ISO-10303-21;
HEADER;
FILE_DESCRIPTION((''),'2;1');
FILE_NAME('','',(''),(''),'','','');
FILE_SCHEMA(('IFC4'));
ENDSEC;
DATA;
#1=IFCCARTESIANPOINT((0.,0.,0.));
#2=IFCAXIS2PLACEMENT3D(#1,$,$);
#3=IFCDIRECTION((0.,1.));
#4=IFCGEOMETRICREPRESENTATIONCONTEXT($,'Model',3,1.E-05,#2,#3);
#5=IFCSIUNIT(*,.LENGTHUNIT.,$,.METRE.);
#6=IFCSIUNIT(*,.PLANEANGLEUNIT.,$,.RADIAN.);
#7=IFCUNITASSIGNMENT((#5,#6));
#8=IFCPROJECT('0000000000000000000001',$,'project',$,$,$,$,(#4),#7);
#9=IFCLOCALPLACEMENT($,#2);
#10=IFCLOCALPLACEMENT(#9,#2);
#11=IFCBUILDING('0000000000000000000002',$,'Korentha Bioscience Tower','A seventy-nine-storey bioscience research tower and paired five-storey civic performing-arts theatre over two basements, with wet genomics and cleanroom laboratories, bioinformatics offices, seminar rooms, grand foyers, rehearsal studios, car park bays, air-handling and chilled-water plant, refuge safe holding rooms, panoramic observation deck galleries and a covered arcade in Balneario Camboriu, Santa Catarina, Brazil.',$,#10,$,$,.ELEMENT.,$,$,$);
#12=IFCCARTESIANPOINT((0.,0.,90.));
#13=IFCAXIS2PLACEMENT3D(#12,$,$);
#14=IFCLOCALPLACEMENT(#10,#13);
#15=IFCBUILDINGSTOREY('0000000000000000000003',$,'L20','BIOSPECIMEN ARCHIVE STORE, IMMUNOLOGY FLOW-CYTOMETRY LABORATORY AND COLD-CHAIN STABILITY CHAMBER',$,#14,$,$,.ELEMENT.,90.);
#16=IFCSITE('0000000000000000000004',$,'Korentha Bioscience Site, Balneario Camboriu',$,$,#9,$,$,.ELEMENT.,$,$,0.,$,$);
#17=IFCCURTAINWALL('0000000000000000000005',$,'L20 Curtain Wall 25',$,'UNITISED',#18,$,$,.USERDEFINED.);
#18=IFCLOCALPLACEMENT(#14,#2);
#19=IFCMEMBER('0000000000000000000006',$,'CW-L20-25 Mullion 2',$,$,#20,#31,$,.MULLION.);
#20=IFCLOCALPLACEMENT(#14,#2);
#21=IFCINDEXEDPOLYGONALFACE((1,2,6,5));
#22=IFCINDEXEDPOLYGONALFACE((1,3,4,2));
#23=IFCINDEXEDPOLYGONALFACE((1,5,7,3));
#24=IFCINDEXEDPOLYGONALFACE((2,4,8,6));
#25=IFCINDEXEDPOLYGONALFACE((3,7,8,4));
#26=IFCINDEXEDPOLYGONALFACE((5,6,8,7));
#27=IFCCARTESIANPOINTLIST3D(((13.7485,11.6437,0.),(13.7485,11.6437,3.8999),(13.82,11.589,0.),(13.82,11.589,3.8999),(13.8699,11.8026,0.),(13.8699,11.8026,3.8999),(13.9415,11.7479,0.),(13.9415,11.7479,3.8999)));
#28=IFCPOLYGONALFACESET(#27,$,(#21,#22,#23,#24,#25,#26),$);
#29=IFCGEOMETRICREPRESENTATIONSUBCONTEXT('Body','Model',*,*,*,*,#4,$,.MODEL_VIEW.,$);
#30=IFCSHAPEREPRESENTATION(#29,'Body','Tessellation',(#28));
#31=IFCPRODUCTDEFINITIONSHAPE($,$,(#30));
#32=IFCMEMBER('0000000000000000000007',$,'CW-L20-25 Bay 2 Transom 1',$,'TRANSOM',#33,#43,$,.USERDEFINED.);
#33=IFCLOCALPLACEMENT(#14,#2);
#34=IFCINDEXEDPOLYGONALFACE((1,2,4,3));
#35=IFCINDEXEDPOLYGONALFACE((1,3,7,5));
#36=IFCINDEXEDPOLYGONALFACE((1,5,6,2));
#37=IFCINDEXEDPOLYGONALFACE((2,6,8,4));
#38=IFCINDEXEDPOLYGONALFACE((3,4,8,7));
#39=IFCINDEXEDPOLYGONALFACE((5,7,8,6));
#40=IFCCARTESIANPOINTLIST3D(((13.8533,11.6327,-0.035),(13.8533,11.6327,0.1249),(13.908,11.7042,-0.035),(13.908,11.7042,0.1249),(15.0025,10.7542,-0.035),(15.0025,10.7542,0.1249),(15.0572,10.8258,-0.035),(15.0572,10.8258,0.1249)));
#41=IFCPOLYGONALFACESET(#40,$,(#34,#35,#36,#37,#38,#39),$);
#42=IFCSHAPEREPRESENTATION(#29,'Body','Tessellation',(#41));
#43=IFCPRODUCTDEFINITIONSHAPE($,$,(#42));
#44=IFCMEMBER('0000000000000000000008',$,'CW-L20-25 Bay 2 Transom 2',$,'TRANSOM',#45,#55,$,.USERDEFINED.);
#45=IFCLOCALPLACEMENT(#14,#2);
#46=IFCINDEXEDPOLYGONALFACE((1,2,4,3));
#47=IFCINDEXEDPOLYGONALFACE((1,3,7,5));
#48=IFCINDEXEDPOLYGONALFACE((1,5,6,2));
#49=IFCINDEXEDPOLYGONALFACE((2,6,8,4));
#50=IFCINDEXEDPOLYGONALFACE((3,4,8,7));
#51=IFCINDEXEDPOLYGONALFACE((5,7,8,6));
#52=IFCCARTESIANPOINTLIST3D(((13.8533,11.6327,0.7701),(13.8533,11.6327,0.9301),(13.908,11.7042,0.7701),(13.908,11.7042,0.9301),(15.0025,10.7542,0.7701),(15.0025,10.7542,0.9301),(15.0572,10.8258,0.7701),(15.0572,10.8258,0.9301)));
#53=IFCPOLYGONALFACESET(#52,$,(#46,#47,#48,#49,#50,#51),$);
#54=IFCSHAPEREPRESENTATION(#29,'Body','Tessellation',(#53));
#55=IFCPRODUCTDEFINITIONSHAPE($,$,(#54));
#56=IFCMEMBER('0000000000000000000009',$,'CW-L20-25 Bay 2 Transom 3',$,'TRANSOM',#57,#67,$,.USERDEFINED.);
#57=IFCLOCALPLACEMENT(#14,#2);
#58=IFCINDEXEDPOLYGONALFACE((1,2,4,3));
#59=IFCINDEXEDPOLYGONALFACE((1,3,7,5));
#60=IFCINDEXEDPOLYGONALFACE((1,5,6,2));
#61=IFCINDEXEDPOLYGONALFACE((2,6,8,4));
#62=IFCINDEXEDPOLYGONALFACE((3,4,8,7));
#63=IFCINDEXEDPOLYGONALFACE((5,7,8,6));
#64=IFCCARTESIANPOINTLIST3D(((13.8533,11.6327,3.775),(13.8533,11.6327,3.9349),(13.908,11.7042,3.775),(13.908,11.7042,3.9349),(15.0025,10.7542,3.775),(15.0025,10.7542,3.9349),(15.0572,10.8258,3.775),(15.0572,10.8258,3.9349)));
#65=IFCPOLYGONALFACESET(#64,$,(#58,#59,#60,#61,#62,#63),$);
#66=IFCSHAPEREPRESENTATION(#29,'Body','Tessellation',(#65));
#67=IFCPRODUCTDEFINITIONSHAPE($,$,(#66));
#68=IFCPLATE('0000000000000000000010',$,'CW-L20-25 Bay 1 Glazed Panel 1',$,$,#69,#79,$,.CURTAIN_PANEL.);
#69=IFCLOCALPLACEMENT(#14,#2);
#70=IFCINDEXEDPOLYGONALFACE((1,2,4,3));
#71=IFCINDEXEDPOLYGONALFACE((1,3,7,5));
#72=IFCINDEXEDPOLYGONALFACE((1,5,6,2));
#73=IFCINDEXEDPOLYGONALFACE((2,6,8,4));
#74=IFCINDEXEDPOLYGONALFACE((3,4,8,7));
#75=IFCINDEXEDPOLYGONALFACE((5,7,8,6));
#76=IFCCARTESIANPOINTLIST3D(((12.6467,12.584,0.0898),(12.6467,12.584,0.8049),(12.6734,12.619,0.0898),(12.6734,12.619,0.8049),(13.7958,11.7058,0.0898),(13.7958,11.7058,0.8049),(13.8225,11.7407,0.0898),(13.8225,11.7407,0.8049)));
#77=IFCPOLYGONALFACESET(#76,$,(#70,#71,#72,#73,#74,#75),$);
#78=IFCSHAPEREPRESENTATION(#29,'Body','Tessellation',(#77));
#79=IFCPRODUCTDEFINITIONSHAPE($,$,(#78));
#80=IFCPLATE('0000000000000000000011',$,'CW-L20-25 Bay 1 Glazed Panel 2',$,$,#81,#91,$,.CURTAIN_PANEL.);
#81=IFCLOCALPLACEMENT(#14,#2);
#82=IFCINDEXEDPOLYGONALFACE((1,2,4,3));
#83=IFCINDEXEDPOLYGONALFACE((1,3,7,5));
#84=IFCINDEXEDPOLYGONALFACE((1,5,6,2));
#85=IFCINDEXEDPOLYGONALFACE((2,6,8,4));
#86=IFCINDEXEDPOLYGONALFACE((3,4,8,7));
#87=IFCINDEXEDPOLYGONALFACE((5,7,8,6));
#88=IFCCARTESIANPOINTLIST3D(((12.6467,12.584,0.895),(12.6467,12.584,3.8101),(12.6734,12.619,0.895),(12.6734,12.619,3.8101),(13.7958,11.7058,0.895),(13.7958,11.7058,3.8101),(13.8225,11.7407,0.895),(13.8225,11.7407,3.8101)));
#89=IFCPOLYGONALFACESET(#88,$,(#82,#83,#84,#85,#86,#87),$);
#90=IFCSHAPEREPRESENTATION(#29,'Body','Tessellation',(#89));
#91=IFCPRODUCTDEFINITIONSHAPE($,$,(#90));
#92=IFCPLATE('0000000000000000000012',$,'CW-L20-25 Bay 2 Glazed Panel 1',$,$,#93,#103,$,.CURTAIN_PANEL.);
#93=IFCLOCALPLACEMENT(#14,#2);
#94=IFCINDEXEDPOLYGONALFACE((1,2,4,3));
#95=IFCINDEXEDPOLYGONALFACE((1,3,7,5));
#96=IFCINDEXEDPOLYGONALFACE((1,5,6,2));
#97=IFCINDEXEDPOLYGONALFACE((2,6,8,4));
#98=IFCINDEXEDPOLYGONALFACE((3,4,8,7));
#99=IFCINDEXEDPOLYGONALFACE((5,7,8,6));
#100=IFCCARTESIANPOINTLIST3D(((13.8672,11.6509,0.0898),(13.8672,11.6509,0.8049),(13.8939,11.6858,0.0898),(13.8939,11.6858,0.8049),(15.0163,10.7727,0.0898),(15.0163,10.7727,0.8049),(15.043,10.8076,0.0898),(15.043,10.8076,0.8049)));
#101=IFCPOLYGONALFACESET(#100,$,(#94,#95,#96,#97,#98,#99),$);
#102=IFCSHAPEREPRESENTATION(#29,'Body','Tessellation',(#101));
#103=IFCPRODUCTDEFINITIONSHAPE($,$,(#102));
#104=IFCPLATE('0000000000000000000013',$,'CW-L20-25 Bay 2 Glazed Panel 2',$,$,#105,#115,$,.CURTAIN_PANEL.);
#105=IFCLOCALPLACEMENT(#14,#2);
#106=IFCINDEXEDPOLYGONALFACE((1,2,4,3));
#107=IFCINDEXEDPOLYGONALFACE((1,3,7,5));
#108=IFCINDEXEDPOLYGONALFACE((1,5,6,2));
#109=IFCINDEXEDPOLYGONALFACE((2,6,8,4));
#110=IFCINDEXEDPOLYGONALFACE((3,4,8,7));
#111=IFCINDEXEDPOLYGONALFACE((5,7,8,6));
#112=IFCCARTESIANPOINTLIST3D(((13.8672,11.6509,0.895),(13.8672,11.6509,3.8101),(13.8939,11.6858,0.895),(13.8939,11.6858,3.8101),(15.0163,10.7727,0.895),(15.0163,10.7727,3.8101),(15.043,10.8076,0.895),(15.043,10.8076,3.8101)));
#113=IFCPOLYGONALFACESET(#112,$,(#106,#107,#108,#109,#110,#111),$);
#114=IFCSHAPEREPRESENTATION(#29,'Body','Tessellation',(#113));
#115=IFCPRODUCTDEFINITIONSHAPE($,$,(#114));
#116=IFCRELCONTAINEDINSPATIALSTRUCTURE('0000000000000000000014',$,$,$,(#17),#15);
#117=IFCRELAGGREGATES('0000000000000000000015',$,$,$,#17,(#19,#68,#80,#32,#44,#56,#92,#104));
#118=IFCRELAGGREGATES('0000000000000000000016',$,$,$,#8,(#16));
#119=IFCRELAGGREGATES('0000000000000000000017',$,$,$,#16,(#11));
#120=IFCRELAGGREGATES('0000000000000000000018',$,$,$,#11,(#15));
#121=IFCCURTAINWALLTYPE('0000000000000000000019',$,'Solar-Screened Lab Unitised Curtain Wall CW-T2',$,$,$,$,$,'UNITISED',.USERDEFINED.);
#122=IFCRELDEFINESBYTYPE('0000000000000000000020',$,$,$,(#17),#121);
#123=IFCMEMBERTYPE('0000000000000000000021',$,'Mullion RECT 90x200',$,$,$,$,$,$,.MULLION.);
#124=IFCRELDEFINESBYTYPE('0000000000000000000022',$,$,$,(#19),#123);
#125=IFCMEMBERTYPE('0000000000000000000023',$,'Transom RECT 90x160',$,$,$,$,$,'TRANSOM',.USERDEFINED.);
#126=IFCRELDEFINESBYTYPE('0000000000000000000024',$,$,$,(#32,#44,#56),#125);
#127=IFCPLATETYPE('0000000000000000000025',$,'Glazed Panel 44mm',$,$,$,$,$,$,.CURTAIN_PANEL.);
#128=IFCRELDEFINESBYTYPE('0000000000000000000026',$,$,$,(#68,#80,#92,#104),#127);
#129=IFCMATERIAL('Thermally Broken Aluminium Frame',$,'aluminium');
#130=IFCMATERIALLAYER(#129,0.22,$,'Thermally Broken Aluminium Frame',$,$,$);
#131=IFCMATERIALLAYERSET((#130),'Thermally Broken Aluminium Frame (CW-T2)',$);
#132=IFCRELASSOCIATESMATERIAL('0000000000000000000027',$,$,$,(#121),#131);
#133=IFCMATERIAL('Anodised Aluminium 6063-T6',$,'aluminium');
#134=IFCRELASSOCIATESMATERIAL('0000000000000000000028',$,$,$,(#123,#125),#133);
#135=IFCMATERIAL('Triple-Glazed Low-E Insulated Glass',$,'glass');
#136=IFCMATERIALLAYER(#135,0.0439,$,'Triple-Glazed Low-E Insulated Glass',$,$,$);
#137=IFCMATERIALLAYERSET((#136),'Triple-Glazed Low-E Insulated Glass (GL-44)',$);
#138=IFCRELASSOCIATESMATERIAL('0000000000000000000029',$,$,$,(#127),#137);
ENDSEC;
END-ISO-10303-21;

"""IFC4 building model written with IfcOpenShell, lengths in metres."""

from ifc_helpers import new_model, si_unit, direction, frame, origin, origin_2d, place, context, subcontext, project, spatial, rectangle, extrude, material, layer, layer_set, material_profile, profile_set, type_object, element, aggregate, save


model = new_model("IFC4")

# Units and contexts
model_context = context("Model", 3, precision=1e-05, world=origin(), true_north=direction((0.0, 1.0)))
body_context = subcontext(model_context, "Body", "Model", "MODEL_VIEW")
ifc_project = project(units=[si_unit("LENGTHUNIT", "METRE"), si_unit("PLANEANGLEUNIT", "RADIAN")], contexts=[model_context])

# Site, building, storey
site_placement = place(None, origin())
site = spatial("IfcSite", under=ifc_project, at=site_placement, Name="Korentha Bioscience Site, Balneario Camboriu", CompositionType="ELEMENT", RefElevation=0.0)
building_placement = place(site_placement, origin())
building = spatial("IfcBuilding", under=site, at=building_placement, Name="Korentha Bioscience Tower", Description="A seventy-nine-storey bioscience research tower and paired five-storey civic performing-arts theatre over two basements, with wet genomics and cleanroom laboratories, bioinformatics offices, seminar rooms, grand foyers, rehearsal studios, car park bays, air-handling and chilled-water plant, refuge safe holding rooms, panoramic observation deck galleries and a covered arcade in Balneario Camboriu, Santa Catarina, Brazil.", CompositionType="ELEMENT")
storey_placement = place(building_placement, frame((0.0, 0.0, 90.0)))
storey = spatial("IfcBuildingStorey", under=building, at=storey_placement, Name="L20", Description="BIOSPECIMEN ARCHIVE STORE, IMMUNOLOGY FLOW-CYTOMETRY LABORATORY AND COLD-CHAIN STABILITY CHAMBER", CompositionType="ELEMENT", Elevation=90.0)

# Curtain wall, members, plates
ifc_material_1 = material(Name="Thermally Broken Aluminium Frame", Category="aluminium")
ifc_layer_1 = layer(ifc_material_1, 0.22, Name="Thermally Broken Aluminium Frame")
ifc_layer_set_1 = layer_set([ifc_layer_1], Name="Thermally Broken Aluminium Frame (CW-T2)")
curtain_wall_type = type_object("IfcCurtainWallType", Name="Solar-Screened Lab Unitised Curtain Wall CW-T2", ElementType="UNITISED", PredefinedType="USERDEFINED", material=ifc_layer_set_1)
curtain_wall_placement = place(storey_placement, origin())
curtain_wall = element("IfcCurtainWall", 1, at=curtain_wall_placement, inside=storey, type_object=curtain_wall_type, Name="L20 Curtain Wall 25", ObjectType="UNITISED", PredefinedType="USERDEFINED")
ifc_material_2 = material(Name="Anodised Aluminium 6063-T6", Category="aluminium")
ifc_material_profile_1 = material_profile(ifc_material_2, rectangle(XDim=0.0901, YDim=0.2, at=origin_2d()), Name="Anodised Aluminium 6063-T6")
ifc_profile_set_1 = profile_set([ifc_material_profile_1], Name="Anodised Aluminium 6063-T6 (CW-MUL)")
member_type_1 = type_object("IfcMemberType", Name="Mullion RECT 90x200", PredefinedType="MULLION", material=ifc_profile_set_1)
member_1_placement = place(storey_placement, frame((13.845, 11.6958, 0.0), z_axis=(0.0, 0.0, 1.0), x_axis=(0.7945, -0.607265, 0.0)))
member_1 = element("IfcMember", 2, at=member_1_placement, type_object=member_type_1, Name="CW-L20-25 Mullion 2", PredefinedType="MULLION", context=body_context, shape_type="SweptSolid", body=[
    extrude(rectangle(XDim=0.0901, YDim=0.2, at=origin_2d()), origin(), (0.0, 0.0, 1.0), 3.8999),
])
ifc_material_profile_2 = material_profile(ifc_material_2, rectangle(XDim=0.0901, YDim=0.1599, at=origin_2d()), Name="Anodised Aluminium 6063-T6")
ifc_profile_set_2 = profile_set([ifc_material_profile_2], Name="Anodised Aluminium 6063-T6 (CW-TRN)")
member_type_2 = type_object("IfcMemberType", Name="Transom RECT 90x160", ElementType="TRANSOM", PredefinedType="USERDEFINED", material=ifc_profile_set_2)
member_2_placement = place(storey_placement, frame((13.8806, 11.6685, 0.0449), z_axis=(0.794478, -0.607293, 0.0), x_axis=(0.607293, 0.794478, 0.0)))
member_2 = element("IfcMember", 3, at=member_2_placement, type_object=member_type_2, Name="CW-L20-25 Bay 2 Transom 1", ObjectType="TRANSOM", PredefinedType="USERDEFINED", context=body_context, shape_type="SweptSolid", body=[
    extrude(rectangle(XDim=0.0901, YDim=0.1599, at=origin_2d()), origin(), (0.0, 0.0, 1.0), 1.4465),
])
member_3_placement = place(storey_placement, frame((13.8806, 11.6685, 0.8501), z_axis=(0.794478, -0.607293, 0.0), x_axis=(0.607293, 0.794478, 0.0)))
member_3 = element("IfcMember", 4, at=member_3_placement, type_object=member_type_2, Name="CW-L20-25 Bay 2 Transom 2", ObjectType="TRANSOM", PredefinedType="USERDEFINED", context=body_context, shape_type="SweptSolid", body=[
    extrude(rectangle(XDim=0.0901, YDim=0.1599, at=origin_2d()), origin(), (0.0, 0.0, 1.0), 1.4465),
])
member_4_placement = place(storey_placement, frame((13.8806, 11.6685, 3.855), z_axis=(0.794478, -0.607293, 0.0), x_axis=(0.607293, 0.794478, 0.0)))
member_4 = element("IfcMember", 5, at=member_4_placement, type_object=member_type_2, Name="CW-L20-25 Bay 2 Transom 3", ObjectType="TRANSOM", PredefinedType="USERDEFINED", context=body_context, shape_type="SweptSolid", body=[
    extrude(rectangle(XDim=0.0901, YDim=0.1599, at=origin_2d()), origin(), (0.0, 0.0, 1.0), 1.4465),
])
ifc_material_3 = material(Name="Triple-Glazed Low-E Insulated Glass", Category="glass")
ifc_layer_2 = layer(ifc_material_3, 0.0439, Name="Triple-Glazed Low-E Insulated Glass")
ifc_layer_set_2 = layer_set([ifc_layer_2], Name="Triple-Glazed Low-E Insulated Glass (GL-44)")
plate_type = type_object("IfcPlateType", Name="Glazed Panel 44mm", PredefinedType="CURTAIN_PANEL", material=ifc_layer_set_2)
plate_1_placement = place(storey_placement, frame((13.2346, 12.1624, 0.0898), z_axis=(0.0, 0.0, 1.0), x_axis=(0.7945, -0.607265, 0.0)))
plate_1 = element("IfcPlate", 6, at=plate_1_placement, type_object=plate_type, Name="CW-L20-25 Bay 1 Glazed Panel 1", PredefinedType="CURTAIN_PANEL", context=body_context, shape_type="SweptSolid", body=[
    extrude(rectangle(XDim=1.4463, YDim=0.0439, at=origin_2d()), origin(), (0.0, 0.0, 1.0), 0.7151),
])
plate_2_placement = place(storey_placement, frame((13.2346, 12.1624, 0.895), z_axis=(0.0, 0.0, 1.0), x_axis=(0.7945, -0.607265, 0.0)))
plate_2 = element("IfcPlate", 7, at=plate_2_placement, type_object=plate_type, Name="CW-L20-25 Bay 1 Glazed Panel 2", PredefinedType="CURTAIN_PANEL", context=body_context, shape_type="SweptSolid", body=[
    extrude(rectangle(XDim=1.4463, YDim=0.0439, at=origin_2d()), origin(), (0.0, 0.0, 1.0), 2.915),
])
plate_3_placement = place(storey_placement, frame((14.4551, 11.2292, 0.0898), z_axis=(0.0, 0.0, 1.0), x_axis=(0.7945, -0.607265, 0.0)))
plate_3 = element("IfcPlate", 8, at=plate_3_placement, type_object=plate_type, Name="CW-L20-25 Bay 2 Glazed Panel 1", PredefinedType="CURTAIN_PANEL", context=body_context, shape_type="SweptSolid", body=[
    extrude(rectangle(XDim=1.4463, YDim=0.0439, at=origin_2d()), origin(), (0.0, 0.0, 1.0), 0.7151),
])
plate_4_placement = place(storey_placement, frame((14.4551, 11.2292, 0.895), z_axis=(0.0, 0.0, 1.0), x_axis=(0.7945, -0.607265, 0.0)))
plate_4 = element("IfcPlate", 9, at=plate_4_placement, type_object=plate_type, Name="CW-L20-25 Bay 2 Glazed Panel 2", PredefinedType="CURTAIN_PANEL", context=body_context, shape_type="SweptSolid", body=[
    extrude(rectangle(XDim=1.4463, YDim=0.0439, at=origin_2d()), origin(), (0.0, 0.0, 1.0), 2.915),
])
aggregate(curtain_wall, [member_1, plate_1, plate_2, member_2, member_3, member_4, plate_3, plate_4])

save(model, "model.ifc")
